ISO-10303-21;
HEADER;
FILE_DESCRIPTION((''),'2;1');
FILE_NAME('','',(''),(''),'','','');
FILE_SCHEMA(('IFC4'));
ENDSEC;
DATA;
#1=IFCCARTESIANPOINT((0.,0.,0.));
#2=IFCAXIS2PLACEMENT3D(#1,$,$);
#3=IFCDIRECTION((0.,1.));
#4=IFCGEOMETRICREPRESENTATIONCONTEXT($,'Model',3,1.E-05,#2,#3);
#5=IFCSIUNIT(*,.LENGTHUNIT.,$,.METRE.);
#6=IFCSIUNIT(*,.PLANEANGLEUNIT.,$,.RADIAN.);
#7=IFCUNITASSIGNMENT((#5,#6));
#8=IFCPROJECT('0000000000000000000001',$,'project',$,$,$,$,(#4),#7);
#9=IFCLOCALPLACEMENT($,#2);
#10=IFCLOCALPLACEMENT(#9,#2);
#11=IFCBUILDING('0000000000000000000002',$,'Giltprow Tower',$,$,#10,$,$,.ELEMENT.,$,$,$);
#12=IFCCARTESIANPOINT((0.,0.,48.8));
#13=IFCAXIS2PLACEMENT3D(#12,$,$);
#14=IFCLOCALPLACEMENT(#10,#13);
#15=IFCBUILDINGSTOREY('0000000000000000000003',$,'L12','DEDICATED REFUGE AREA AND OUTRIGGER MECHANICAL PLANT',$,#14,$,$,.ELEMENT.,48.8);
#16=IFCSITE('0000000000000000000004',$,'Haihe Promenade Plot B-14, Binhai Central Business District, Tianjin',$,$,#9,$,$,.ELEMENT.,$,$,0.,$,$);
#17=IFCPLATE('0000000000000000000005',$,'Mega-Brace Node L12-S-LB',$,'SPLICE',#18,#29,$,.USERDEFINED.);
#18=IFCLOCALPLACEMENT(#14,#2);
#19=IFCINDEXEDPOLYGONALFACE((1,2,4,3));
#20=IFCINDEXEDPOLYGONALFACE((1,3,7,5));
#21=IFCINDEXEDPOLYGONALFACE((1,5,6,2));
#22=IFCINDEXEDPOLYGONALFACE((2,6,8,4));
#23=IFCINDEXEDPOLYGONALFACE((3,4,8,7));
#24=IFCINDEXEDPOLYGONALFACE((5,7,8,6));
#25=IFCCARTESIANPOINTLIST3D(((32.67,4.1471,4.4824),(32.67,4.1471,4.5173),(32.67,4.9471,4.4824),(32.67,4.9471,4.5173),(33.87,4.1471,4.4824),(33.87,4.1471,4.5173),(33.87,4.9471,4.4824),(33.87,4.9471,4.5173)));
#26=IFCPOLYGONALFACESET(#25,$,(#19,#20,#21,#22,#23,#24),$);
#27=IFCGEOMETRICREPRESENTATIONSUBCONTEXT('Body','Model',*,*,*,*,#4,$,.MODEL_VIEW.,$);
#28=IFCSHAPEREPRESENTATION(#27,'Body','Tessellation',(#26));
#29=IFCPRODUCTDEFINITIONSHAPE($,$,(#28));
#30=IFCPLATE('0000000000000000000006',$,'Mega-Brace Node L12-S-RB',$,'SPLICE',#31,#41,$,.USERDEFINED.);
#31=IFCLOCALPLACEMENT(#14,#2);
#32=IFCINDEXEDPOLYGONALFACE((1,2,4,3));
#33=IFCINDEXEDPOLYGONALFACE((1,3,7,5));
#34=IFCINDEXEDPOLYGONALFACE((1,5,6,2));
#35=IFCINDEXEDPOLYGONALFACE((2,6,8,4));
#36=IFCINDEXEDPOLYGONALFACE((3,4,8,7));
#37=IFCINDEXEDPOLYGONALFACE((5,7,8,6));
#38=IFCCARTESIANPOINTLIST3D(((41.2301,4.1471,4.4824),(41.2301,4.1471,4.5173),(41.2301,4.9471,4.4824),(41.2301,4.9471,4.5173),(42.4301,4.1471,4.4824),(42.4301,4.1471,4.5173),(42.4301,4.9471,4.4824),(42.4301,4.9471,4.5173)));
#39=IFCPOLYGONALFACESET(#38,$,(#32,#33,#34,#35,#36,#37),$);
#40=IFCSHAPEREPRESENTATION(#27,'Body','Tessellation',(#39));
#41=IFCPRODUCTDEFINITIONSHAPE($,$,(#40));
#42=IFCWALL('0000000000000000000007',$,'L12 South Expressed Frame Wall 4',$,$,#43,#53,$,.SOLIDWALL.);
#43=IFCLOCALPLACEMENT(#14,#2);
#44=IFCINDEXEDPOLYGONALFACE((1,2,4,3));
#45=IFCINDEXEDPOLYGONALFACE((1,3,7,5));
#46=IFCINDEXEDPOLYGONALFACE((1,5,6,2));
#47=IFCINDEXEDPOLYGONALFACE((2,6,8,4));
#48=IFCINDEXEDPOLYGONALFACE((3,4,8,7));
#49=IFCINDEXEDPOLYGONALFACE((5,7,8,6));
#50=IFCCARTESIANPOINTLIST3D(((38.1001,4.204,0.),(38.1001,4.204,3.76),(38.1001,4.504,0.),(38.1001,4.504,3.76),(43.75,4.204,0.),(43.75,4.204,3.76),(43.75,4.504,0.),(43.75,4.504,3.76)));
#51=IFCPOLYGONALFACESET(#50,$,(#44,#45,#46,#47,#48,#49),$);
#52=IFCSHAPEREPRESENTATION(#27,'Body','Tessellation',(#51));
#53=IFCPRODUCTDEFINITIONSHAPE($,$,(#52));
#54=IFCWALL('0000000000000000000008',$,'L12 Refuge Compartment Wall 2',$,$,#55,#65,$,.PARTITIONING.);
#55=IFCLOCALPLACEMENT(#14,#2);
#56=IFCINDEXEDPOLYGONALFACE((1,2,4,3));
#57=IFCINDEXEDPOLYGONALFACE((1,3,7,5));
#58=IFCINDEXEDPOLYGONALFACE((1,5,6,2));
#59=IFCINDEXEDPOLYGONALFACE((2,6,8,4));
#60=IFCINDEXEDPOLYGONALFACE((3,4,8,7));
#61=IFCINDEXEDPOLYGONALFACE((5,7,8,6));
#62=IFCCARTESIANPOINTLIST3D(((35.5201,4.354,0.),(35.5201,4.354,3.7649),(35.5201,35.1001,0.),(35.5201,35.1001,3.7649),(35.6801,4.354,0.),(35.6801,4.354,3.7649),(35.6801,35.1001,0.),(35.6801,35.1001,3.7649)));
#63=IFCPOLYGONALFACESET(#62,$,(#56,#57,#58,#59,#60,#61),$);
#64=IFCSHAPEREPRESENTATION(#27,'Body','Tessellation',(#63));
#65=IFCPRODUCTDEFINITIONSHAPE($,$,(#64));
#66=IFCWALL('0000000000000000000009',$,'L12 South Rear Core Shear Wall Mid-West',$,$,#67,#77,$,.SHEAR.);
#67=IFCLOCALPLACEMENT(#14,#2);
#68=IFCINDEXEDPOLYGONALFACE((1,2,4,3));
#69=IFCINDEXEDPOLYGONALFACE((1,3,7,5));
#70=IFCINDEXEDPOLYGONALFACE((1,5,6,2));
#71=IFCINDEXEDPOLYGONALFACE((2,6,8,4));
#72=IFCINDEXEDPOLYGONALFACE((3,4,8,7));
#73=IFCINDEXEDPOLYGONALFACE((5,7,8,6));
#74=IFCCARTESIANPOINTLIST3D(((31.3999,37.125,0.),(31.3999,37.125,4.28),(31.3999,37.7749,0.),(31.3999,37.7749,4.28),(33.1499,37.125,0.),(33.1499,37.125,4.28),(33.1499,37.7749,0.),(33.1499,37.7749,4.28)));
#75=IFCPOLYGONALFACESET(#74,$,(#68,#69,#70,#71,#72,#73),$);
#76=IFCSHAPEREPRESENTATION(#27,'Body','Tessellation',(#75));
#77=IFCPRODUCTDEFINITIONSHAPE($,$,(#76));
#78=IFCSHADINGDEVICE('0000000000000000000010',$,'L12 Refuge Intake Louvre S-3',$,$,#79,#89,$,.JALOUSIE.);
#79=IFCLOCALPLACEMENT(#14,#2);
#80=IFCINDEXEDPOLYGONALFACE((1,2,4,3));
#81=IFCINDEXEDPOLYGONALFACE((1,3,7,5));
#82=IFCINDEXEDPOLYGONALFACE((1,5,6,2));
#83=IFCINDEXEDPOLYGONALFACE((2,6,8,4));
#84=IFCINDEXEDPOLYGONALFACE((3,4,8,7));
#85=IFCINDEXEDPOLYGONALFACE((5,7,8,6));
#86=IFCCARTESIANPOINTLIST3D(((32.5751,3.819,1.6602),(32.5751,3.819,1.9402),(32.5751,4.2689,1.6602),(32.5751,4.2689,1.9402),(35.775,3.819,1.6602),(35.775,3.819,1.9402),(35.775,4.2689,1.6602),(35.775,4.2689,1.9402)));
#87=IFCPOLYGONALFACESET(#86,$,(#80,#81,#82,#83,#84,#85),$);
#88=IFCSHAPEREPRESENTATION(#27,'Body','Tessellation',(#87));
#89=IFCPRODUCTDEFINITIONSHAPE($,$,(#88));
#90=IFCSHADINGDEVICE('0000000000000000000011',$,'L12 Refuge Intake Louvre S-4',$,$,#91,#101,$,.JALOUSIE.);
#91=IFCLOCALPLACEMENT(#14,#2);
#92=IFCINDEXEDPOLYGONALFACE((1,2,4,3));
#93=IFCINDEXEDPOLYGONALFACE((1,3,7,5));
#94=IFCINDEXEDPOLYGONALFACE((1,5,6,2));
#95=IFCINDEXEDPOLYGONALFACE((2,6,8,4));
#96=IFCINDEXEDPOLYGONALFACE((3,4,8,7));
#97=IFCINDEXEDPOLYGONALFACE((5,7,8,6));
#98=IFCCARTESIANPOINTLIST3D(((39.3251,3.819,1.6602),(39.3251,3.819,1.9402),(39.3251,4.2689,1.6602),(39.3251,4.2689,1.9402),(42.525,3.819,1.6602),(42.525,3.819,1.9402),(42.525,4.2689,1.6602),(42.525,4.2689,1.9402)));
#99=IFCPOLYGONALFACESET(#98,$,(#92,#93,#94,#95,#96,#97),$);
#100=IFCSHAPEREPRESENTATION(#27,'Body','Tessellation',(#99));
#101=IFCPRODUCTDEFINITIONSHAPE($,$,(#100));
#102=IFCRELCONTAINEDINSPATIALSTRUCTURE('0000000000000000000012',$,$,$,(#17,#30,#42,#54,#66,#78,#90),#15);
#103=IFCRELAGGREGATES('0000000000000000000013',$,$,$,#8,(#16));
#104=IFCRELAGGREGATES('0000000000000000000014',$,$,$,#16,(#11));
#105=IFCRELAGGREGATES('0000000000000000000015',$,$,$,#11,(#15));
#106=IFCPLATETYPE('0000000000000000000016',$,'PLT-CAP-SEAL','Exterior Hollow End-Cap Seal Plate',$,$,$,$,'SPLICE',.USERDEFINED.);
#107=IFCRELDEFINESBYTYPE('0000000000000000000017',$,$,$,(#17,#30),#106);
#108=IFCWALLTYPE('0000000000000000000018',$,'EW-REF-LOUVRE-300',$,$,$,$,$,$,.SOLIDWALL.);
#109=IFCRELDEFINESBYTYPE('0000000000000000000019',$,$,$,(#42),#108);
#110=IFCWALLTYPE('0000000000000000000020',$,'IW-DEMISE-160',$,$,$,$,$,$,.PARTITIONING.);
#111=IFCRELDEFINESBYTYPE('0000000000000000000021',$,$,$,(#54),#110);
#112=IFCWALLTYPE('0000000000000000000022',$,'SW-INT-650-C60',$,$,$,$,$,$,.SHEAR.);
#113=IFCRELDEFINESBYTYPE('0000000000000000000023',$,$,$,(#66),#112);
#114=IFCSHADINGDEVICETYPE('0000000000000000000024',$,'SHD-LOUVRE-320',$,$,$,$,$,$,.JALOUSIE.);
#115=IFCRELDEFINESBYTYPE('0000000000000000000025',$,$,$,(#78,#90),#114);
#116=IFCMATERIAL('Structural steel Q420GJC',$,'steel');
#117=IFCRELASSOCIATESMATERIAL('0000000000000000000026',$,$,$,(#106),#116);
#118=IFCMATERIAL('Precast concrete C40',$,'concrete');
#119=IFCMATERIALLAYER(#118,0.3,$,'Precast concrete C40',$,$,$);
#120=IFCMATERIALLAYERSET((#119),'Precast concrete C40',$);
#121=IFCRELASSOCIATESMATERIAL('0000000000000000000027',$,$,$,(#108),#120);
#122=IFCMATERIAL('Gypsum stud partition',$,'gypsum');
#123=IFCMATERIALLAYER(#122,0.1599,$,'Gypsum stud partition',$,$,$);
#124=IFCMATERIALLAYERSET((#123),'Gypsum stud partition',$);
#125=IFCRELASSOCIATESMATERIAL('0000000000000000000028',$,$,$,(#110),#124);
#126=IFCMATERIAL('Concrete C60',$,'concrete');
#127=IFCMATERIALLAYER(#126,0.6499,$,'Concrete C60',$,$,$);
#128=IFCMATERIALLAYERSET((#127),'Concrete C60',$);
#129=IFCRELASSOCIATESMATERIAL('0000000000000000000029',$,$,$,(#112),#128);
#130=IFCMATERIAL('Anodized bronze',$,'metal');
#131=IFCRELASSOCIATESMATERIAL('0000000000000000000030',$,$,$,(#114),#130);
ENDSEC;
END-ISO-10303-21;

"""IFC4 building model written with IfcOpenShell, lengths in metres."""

from ifc_helpers import new_model, si_unit, direction, frame, frame_2d, origin, origin_2d, place, context, subcontext, project, spatial, rectangle, extrude, source, transform, mapped, material, layer, layer_set, type_object, element, save


model = new_model("IFC4")

# Units and contexts
model_context = context("Model", 3, precision=1e-05, world=origin(), true_north=direction((0.0, 1.0)))
body_context = subcontext(model_context, "Body", "Model", "MODEL_VIEW")
ifc_project = project(units=[si_unit("LENGTHUNIT", "METRE"), si_unit("PLANEANGLEUNIT", "RADIAN")], contexts=[model_context])

# Site, building, storey
site_placement = place(None, origin())
site = spatial("IfcSite", under=ifc_project, at=site_placement, Name="Haihe Promenade Plot B-14, Binhai Central Business District, Tianjin", CompositionType="ELEMENT", RefElevation=0.0)
building_placement = place(site_placement, origin())
building = spatial("IfcBuilding", under=site, at=building_placement, Name="Giltprow Tower", CompositionType="ELEMENT")
storey_placement = place(building_placement, frame((0.0, 0.0, 48.8)))
storey = spatial("IfcBuildingStorey", under=building, at=storey_placement, Name="L12", Description="DEDICATED REFUGE AREA AND OUTRIGGER MECHANICAL PLANT", CompositionType="ELEMENT", Elevation=48.8)

# Shared definitions
ifc_material_1 = material(Name="Concrete C60", Category="concrete")
ifc_material_2 = material(Name="Structural steel Q420GJC", Category="steel")

# Plates
plate_type_1 = type_object("IfcPlateType", Name="PLT-CAP-SEAL", Description="Exterior Hollow End-Cap Seal Plate", ElementType="SPLICE", PredefinedType="USERDEFINED", material=ifc_material_2)
shared_shape_1 = source(origin(), body_context, "Body", "SweptSolid", [
    extrude(rectangle(XDim=1.2, YDim=0.8, at=origin_2d()), origin(), (0.0, 0.0, 1.0), 0.0349),
])
for number, where, z_axis, x_axis, name in (
    (1, (33.27, 4.5471, 4.4824), (0.0, 0.0, 1.0), (1.0, 0.0, 0.0), "Mega-Brace Node L12-S-LB"),
    (2, (41.8301, 4.5471, 4.4824), (0.0, 0.0, 1.0), (1.0, 0.0, 0.0), "Mega-Brace Node L12-S-RB"),
):
    element("IfcPlate", number, at=place(storey_placement, frame(where, z_axis=z_axis, x_axis=x_axis)), inside=storey, type_object=plate_type_1, Name=name, ObjectType="SPLICE", PredefinedType="USERDEFINED", context=body_context, shape_type="MappedRepresentation", body=[
        mapped(shared_shape_1, transform((0.0, 0.0, 0.0), x_axis=(1.0, 0.0, 0.0), y_axis=(0.0, 1.0, 0.0), z_axis=(0.0, 0.0, 1.0), scale=1.0)),
    ])

# Walls
ifc_material_3 = material(Name="Precast concrete C40", Category="concrete")
ifc_layer_1 = layer(ifc_material_3, 0.3, Name="Precast concrete C40")
ifc_layer_set_1 = layer_set([ifc_layer_1], Name="Precast concrete C40")
wall_type_1 = type_object("IfcWallType", Name="EW-REF-LOUVRE-300", PredefinedType="SOLIDWALL", material=ifc_layer_set_1)
wall_1_placement = place(storey_placement, frame((38.1001, 4.354, 0.0), z_axis=(0.0, 0.0, 1.0), x_axis=(1.0, 0.0, 0.0)))
element("IfcWall", 3, at=wall_1_placement, inside=storey, type_object=wall_type_1, Name="L12 South Expressed Frame Wall 4", PredefinedType="SOLIDWALL", context=body_context, shape_type="SweptSolid", body=[
    extrude(rectangle(XDim=5.6499, YDim=0.3, at=frame_2d((2.825, 0.0))), origin(), (0.0, 0.0, 1.0), 3.76),
])
ifc_material_4 = material(Name="Gypsum stud partition", Category="gypsum")
ifc_layer_2 = layer(ifc_material_4, 0.1599, Name="Gypsum stud partition")
ifc_layer_set_2 = layer_set([ifc_layer_2], Name="Gypsum stud partition")
wall_type_2 = type_object("IfcWallType", Name="IW-DEMISE-160", PredefinedType="PARTITIONING", material=ifc_layer_set_2)
wall_2_placement = place(storey_placement, frame((35.6001, 4.354, 0.0), z_axis=(0.0, 0.0, 1.0), x_axis=(0.0, 1.0, 0.0)))
element("IfcWall", 4, at=wall_2_placement, inside=storey, type_object=wall_type_2, Name="L12 Refuge Compartment Wall 2", PredefinedType="PARTITIONING", context=body_context, shape_type="SweptSolid", body=[
    extrude(rectangle(XDim=30.7461, YDim=0.1599, at=frame_2d((15.373, 0.0))), origin(), (0.0, 0.0, 1.0), 3.7649),
])
ifc_layer_3 = layer(ifc_material_1, 0.6499, Name="Concrete C60")
ifc_layer_set_3 = layer_set([ifc_layer_3], Name="Concrete C60")
wall_type_3 = type_object("IfcWallType", Name="SW-INT-650-C60", PredefinedType="SHEAR", material=ifc_layer_set_3)
wall_3_placement = place(storey_placement, frame((31.3999, 37.45, 0.0), z_axis=(0.0, 0.0, 1.0), x_axis=(1.0, 0.0, 0.0)))
element("IfcWall", 5, at=wall_3_placement, inside=storey, type_object=wall_type_3, Name="L12 South Rear Core Shear Wall Mid-West", PredefinedType="SHEAR", context=body_context, shape_type="SweptSolid", body=[
    extrude(rectangle(XDim=1.75, YDim=0.6499, at=frame_2d((0.875, 0.0))), origin(), (0.0, 0.0, 1.0), 4.28),
])

# Shading devices
ifc_material_5 = material(Name="Anodized bronze", Category="metal")
shading_device_type = type_object("IfcShadingDeviceType", Name="SHD-LOUVRE-320", PredefinedType="JALOUSIE", material=ifc_material_5)
shared_shape_2 = source(origin(), body_context, "Body", "SweptSolid", [
    extrude(rectangle(XDim=3.2, YDim=0.45, at=origin_2d()), origin(), (0.0, 0.0, 1.0), 0.28),
])
for number, where, z_axis, x_axis, name in (
    (6, (34.175, 4.0439, 1.6602), (0.0, 0.0, 1.0), (1.0, 0.0, 0.0), "L12 Refuge Intake Louvre S-3"),
    (7, (40.925, 4.0439, 1.6602), (0.0, 0.0, 1.0), (1.0, 0.0, 0.0), "L12 Refuge Intake Louvre S-4"),
):
    element("IfcShadingDevice", number, at=place(storey_placement, frame(where, z_axis=z_axis, x_axis=x_axis)), inside=storey, type_object=shading_device_type, Name=name, PredefinedType="JALOUSIE", context=body_context, shape_type="MappedRepresentation", body=[
        mapped(shared_shape_2, transform((0.0, 0.0, 0.0), x_axis=(1.0, 0.0, 0.0), y_axis=(0.0, 1.0, 0.0), z_axis=(0.0, 0.0, 1.0), scale=1.0)),
    ])

save(model, "model.ifc")
